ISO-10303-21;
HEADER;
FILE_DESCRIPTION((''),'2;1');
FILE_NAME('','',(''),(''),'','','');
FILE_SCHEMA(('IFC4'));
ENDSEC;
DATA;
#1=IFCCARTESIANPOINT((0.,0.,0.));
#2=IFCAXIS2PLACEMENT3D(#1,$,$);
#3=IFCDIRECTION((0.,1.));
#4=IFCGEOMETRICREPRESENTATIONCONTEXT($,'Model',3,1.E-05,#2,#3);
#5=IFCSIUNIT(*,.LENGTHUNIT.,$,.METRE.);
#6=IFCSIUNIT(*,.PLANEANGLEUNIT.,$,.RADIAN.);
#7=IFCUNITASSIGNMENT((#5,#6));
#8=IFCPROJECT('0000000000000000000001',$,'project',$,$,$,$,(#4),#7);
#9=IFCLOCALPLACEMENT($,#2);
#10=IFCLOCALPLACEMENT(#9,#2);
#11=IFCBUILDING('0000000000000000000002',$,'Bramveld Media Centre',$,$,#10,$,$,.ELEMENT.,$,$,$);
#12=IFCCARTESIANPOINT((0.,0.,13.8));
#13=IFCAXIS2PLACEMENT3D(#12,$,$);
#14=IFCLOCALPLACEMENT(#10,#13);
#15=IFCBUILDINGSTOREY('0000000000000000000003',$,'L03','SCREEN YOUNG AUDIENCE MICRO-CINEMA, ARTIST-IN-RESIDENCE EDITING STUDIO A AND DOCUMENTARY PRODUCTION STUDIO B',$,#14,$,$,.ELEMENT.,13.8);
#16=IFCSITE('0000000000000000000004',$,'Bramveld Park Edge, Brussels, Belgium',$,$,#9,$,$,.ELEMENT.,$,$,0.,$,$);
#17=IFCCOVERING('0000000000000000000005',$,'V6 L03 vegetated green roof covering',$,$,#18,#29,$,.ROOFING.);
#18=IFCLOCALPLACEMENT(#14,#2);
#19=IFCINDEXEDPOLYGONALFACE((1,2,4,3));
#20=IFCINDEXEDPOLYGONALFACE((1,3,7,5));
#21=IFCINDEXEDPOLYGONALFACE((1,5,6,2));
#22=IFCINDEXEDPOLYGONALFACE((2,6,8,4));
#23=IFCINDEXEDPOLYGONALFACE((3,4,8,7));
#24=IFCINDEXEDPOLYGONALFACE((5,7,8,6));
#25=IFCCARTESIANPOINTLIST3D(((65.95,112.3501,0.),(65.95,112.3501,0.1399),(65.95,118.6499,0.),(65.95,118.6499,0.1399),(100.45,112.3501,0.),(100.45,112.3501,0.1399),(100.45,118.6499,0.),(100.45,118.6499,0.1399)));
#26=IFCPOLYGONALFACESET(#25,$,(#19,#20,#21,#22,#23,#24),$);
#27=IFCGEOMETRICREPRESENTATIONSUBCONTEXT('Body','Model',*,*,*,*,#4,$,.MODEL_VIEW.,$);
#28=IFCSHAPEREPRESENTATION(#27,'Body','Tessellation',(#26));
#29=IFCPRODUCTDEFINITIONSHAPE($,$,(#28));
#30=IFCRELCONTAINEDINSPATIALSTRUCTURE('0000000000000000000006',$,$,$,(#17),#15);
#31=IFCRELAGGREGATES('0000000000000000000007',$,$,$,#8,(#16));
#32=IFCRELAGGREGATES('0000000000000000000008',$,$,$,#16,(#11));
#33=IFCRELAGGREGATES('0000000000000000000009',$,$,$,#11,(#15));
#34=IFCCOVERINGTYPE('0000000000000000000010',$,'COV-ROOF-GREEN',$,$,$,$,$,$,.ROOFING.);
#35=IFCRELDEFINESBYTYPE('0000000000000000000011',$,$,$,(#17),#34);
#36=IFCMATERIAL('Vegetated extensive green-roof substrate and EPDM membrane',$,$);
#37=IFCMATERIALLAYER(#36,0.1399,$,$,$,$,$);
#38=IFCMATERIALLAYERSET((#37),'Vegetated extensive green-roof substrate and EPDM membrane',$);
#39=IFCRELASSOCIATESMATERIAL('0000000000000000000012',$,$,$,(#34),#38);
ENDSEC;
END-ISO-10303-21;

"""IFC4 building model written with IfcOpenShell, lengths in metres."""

from ifc_helpers import new_model, si_unit, direction, frame, origin, place, context, subcontext, project, spatial, polyline, outline, extrude, material, layer, layer_set, type_object, element, save


model = new_model("IFC4")

# Units and contexts
model_context = context("Model", 3, precision=1e-05, world=origin(), true_north=direction((0.0, 1.0)))
body_context = subcontext(model_context, "Body", "Model", "MODEL_VIEW")
ifc_project = project(units=[si_unit("LENGTHUNIT", "METRE"), si_unit("PLANEANGLEUNIT", "RADIAN")], contexts=[model_context])

# Site, building, storey
site_placement = place(None, origin())
site = spatial("IfcSite", under=ifc_project, at=site_placement, Name="Bramveld Park Edge, Brussels, Belgium", CompositionType="ELEMENT", RefElevation=0.0)
building_placement = place(site_placement, origin())
building = spatial("IfcBuilding", under=site, at=building_placement, Name="Bramveld Media Centre", CompositionType="ELEMENT")
storey_placement = place(building_placement, frame((0.0, 0.0, 13.8)))
storey = spatial("IfcBuildingStorey", under=building, at=storey_placement, Name="L03", Description="SCREEN YOUNG AUDIENCE MICRO-CINEMA, ARTIST-IN-RESIDENCE EDITING STUDIO A AND DOCUMENTARY PRODUCTION STUDIO B", CompositionType="ELEMENT", Elevation=13.8)

# Covering
ifc_material_1 = material(Name="Vegetated extensive green-roof substrate and EPDM membrane")
ifc_layer_1 = layer(ifc_material_1, 0.1399)
ifc_layer_set_1 = layer_set([ifc_layer_1], Name="Vegetated extensive green-roof substrate and EPDM membrane")
covering_type_1 = type_object("IfcCoveringType", Name="COV-ROOF-GREEN", PredefinedType="ROOFING", material=ifc_layer_set_1)
covering_1_placement = place(storey_placement, origin())
element("IfcCovering", 1, at=covering_1_placement, inside=storey, type_object=covering_type_1, Name="V6 L03 vegetated green roof covering", PredefinedType="ROOFING", context=body_context, shape_type="SweptSolid", body=[
    extrude(outline(polyline([(65.95, 112.3501), (100.45, 112.3501), (100.45, 118.6499), (65.95, 118.6499), (65.95, 112.3501)])), origin(), (0.0, 0.0, 1.0), 0.1399),
])

save(model, "model.ifc")
